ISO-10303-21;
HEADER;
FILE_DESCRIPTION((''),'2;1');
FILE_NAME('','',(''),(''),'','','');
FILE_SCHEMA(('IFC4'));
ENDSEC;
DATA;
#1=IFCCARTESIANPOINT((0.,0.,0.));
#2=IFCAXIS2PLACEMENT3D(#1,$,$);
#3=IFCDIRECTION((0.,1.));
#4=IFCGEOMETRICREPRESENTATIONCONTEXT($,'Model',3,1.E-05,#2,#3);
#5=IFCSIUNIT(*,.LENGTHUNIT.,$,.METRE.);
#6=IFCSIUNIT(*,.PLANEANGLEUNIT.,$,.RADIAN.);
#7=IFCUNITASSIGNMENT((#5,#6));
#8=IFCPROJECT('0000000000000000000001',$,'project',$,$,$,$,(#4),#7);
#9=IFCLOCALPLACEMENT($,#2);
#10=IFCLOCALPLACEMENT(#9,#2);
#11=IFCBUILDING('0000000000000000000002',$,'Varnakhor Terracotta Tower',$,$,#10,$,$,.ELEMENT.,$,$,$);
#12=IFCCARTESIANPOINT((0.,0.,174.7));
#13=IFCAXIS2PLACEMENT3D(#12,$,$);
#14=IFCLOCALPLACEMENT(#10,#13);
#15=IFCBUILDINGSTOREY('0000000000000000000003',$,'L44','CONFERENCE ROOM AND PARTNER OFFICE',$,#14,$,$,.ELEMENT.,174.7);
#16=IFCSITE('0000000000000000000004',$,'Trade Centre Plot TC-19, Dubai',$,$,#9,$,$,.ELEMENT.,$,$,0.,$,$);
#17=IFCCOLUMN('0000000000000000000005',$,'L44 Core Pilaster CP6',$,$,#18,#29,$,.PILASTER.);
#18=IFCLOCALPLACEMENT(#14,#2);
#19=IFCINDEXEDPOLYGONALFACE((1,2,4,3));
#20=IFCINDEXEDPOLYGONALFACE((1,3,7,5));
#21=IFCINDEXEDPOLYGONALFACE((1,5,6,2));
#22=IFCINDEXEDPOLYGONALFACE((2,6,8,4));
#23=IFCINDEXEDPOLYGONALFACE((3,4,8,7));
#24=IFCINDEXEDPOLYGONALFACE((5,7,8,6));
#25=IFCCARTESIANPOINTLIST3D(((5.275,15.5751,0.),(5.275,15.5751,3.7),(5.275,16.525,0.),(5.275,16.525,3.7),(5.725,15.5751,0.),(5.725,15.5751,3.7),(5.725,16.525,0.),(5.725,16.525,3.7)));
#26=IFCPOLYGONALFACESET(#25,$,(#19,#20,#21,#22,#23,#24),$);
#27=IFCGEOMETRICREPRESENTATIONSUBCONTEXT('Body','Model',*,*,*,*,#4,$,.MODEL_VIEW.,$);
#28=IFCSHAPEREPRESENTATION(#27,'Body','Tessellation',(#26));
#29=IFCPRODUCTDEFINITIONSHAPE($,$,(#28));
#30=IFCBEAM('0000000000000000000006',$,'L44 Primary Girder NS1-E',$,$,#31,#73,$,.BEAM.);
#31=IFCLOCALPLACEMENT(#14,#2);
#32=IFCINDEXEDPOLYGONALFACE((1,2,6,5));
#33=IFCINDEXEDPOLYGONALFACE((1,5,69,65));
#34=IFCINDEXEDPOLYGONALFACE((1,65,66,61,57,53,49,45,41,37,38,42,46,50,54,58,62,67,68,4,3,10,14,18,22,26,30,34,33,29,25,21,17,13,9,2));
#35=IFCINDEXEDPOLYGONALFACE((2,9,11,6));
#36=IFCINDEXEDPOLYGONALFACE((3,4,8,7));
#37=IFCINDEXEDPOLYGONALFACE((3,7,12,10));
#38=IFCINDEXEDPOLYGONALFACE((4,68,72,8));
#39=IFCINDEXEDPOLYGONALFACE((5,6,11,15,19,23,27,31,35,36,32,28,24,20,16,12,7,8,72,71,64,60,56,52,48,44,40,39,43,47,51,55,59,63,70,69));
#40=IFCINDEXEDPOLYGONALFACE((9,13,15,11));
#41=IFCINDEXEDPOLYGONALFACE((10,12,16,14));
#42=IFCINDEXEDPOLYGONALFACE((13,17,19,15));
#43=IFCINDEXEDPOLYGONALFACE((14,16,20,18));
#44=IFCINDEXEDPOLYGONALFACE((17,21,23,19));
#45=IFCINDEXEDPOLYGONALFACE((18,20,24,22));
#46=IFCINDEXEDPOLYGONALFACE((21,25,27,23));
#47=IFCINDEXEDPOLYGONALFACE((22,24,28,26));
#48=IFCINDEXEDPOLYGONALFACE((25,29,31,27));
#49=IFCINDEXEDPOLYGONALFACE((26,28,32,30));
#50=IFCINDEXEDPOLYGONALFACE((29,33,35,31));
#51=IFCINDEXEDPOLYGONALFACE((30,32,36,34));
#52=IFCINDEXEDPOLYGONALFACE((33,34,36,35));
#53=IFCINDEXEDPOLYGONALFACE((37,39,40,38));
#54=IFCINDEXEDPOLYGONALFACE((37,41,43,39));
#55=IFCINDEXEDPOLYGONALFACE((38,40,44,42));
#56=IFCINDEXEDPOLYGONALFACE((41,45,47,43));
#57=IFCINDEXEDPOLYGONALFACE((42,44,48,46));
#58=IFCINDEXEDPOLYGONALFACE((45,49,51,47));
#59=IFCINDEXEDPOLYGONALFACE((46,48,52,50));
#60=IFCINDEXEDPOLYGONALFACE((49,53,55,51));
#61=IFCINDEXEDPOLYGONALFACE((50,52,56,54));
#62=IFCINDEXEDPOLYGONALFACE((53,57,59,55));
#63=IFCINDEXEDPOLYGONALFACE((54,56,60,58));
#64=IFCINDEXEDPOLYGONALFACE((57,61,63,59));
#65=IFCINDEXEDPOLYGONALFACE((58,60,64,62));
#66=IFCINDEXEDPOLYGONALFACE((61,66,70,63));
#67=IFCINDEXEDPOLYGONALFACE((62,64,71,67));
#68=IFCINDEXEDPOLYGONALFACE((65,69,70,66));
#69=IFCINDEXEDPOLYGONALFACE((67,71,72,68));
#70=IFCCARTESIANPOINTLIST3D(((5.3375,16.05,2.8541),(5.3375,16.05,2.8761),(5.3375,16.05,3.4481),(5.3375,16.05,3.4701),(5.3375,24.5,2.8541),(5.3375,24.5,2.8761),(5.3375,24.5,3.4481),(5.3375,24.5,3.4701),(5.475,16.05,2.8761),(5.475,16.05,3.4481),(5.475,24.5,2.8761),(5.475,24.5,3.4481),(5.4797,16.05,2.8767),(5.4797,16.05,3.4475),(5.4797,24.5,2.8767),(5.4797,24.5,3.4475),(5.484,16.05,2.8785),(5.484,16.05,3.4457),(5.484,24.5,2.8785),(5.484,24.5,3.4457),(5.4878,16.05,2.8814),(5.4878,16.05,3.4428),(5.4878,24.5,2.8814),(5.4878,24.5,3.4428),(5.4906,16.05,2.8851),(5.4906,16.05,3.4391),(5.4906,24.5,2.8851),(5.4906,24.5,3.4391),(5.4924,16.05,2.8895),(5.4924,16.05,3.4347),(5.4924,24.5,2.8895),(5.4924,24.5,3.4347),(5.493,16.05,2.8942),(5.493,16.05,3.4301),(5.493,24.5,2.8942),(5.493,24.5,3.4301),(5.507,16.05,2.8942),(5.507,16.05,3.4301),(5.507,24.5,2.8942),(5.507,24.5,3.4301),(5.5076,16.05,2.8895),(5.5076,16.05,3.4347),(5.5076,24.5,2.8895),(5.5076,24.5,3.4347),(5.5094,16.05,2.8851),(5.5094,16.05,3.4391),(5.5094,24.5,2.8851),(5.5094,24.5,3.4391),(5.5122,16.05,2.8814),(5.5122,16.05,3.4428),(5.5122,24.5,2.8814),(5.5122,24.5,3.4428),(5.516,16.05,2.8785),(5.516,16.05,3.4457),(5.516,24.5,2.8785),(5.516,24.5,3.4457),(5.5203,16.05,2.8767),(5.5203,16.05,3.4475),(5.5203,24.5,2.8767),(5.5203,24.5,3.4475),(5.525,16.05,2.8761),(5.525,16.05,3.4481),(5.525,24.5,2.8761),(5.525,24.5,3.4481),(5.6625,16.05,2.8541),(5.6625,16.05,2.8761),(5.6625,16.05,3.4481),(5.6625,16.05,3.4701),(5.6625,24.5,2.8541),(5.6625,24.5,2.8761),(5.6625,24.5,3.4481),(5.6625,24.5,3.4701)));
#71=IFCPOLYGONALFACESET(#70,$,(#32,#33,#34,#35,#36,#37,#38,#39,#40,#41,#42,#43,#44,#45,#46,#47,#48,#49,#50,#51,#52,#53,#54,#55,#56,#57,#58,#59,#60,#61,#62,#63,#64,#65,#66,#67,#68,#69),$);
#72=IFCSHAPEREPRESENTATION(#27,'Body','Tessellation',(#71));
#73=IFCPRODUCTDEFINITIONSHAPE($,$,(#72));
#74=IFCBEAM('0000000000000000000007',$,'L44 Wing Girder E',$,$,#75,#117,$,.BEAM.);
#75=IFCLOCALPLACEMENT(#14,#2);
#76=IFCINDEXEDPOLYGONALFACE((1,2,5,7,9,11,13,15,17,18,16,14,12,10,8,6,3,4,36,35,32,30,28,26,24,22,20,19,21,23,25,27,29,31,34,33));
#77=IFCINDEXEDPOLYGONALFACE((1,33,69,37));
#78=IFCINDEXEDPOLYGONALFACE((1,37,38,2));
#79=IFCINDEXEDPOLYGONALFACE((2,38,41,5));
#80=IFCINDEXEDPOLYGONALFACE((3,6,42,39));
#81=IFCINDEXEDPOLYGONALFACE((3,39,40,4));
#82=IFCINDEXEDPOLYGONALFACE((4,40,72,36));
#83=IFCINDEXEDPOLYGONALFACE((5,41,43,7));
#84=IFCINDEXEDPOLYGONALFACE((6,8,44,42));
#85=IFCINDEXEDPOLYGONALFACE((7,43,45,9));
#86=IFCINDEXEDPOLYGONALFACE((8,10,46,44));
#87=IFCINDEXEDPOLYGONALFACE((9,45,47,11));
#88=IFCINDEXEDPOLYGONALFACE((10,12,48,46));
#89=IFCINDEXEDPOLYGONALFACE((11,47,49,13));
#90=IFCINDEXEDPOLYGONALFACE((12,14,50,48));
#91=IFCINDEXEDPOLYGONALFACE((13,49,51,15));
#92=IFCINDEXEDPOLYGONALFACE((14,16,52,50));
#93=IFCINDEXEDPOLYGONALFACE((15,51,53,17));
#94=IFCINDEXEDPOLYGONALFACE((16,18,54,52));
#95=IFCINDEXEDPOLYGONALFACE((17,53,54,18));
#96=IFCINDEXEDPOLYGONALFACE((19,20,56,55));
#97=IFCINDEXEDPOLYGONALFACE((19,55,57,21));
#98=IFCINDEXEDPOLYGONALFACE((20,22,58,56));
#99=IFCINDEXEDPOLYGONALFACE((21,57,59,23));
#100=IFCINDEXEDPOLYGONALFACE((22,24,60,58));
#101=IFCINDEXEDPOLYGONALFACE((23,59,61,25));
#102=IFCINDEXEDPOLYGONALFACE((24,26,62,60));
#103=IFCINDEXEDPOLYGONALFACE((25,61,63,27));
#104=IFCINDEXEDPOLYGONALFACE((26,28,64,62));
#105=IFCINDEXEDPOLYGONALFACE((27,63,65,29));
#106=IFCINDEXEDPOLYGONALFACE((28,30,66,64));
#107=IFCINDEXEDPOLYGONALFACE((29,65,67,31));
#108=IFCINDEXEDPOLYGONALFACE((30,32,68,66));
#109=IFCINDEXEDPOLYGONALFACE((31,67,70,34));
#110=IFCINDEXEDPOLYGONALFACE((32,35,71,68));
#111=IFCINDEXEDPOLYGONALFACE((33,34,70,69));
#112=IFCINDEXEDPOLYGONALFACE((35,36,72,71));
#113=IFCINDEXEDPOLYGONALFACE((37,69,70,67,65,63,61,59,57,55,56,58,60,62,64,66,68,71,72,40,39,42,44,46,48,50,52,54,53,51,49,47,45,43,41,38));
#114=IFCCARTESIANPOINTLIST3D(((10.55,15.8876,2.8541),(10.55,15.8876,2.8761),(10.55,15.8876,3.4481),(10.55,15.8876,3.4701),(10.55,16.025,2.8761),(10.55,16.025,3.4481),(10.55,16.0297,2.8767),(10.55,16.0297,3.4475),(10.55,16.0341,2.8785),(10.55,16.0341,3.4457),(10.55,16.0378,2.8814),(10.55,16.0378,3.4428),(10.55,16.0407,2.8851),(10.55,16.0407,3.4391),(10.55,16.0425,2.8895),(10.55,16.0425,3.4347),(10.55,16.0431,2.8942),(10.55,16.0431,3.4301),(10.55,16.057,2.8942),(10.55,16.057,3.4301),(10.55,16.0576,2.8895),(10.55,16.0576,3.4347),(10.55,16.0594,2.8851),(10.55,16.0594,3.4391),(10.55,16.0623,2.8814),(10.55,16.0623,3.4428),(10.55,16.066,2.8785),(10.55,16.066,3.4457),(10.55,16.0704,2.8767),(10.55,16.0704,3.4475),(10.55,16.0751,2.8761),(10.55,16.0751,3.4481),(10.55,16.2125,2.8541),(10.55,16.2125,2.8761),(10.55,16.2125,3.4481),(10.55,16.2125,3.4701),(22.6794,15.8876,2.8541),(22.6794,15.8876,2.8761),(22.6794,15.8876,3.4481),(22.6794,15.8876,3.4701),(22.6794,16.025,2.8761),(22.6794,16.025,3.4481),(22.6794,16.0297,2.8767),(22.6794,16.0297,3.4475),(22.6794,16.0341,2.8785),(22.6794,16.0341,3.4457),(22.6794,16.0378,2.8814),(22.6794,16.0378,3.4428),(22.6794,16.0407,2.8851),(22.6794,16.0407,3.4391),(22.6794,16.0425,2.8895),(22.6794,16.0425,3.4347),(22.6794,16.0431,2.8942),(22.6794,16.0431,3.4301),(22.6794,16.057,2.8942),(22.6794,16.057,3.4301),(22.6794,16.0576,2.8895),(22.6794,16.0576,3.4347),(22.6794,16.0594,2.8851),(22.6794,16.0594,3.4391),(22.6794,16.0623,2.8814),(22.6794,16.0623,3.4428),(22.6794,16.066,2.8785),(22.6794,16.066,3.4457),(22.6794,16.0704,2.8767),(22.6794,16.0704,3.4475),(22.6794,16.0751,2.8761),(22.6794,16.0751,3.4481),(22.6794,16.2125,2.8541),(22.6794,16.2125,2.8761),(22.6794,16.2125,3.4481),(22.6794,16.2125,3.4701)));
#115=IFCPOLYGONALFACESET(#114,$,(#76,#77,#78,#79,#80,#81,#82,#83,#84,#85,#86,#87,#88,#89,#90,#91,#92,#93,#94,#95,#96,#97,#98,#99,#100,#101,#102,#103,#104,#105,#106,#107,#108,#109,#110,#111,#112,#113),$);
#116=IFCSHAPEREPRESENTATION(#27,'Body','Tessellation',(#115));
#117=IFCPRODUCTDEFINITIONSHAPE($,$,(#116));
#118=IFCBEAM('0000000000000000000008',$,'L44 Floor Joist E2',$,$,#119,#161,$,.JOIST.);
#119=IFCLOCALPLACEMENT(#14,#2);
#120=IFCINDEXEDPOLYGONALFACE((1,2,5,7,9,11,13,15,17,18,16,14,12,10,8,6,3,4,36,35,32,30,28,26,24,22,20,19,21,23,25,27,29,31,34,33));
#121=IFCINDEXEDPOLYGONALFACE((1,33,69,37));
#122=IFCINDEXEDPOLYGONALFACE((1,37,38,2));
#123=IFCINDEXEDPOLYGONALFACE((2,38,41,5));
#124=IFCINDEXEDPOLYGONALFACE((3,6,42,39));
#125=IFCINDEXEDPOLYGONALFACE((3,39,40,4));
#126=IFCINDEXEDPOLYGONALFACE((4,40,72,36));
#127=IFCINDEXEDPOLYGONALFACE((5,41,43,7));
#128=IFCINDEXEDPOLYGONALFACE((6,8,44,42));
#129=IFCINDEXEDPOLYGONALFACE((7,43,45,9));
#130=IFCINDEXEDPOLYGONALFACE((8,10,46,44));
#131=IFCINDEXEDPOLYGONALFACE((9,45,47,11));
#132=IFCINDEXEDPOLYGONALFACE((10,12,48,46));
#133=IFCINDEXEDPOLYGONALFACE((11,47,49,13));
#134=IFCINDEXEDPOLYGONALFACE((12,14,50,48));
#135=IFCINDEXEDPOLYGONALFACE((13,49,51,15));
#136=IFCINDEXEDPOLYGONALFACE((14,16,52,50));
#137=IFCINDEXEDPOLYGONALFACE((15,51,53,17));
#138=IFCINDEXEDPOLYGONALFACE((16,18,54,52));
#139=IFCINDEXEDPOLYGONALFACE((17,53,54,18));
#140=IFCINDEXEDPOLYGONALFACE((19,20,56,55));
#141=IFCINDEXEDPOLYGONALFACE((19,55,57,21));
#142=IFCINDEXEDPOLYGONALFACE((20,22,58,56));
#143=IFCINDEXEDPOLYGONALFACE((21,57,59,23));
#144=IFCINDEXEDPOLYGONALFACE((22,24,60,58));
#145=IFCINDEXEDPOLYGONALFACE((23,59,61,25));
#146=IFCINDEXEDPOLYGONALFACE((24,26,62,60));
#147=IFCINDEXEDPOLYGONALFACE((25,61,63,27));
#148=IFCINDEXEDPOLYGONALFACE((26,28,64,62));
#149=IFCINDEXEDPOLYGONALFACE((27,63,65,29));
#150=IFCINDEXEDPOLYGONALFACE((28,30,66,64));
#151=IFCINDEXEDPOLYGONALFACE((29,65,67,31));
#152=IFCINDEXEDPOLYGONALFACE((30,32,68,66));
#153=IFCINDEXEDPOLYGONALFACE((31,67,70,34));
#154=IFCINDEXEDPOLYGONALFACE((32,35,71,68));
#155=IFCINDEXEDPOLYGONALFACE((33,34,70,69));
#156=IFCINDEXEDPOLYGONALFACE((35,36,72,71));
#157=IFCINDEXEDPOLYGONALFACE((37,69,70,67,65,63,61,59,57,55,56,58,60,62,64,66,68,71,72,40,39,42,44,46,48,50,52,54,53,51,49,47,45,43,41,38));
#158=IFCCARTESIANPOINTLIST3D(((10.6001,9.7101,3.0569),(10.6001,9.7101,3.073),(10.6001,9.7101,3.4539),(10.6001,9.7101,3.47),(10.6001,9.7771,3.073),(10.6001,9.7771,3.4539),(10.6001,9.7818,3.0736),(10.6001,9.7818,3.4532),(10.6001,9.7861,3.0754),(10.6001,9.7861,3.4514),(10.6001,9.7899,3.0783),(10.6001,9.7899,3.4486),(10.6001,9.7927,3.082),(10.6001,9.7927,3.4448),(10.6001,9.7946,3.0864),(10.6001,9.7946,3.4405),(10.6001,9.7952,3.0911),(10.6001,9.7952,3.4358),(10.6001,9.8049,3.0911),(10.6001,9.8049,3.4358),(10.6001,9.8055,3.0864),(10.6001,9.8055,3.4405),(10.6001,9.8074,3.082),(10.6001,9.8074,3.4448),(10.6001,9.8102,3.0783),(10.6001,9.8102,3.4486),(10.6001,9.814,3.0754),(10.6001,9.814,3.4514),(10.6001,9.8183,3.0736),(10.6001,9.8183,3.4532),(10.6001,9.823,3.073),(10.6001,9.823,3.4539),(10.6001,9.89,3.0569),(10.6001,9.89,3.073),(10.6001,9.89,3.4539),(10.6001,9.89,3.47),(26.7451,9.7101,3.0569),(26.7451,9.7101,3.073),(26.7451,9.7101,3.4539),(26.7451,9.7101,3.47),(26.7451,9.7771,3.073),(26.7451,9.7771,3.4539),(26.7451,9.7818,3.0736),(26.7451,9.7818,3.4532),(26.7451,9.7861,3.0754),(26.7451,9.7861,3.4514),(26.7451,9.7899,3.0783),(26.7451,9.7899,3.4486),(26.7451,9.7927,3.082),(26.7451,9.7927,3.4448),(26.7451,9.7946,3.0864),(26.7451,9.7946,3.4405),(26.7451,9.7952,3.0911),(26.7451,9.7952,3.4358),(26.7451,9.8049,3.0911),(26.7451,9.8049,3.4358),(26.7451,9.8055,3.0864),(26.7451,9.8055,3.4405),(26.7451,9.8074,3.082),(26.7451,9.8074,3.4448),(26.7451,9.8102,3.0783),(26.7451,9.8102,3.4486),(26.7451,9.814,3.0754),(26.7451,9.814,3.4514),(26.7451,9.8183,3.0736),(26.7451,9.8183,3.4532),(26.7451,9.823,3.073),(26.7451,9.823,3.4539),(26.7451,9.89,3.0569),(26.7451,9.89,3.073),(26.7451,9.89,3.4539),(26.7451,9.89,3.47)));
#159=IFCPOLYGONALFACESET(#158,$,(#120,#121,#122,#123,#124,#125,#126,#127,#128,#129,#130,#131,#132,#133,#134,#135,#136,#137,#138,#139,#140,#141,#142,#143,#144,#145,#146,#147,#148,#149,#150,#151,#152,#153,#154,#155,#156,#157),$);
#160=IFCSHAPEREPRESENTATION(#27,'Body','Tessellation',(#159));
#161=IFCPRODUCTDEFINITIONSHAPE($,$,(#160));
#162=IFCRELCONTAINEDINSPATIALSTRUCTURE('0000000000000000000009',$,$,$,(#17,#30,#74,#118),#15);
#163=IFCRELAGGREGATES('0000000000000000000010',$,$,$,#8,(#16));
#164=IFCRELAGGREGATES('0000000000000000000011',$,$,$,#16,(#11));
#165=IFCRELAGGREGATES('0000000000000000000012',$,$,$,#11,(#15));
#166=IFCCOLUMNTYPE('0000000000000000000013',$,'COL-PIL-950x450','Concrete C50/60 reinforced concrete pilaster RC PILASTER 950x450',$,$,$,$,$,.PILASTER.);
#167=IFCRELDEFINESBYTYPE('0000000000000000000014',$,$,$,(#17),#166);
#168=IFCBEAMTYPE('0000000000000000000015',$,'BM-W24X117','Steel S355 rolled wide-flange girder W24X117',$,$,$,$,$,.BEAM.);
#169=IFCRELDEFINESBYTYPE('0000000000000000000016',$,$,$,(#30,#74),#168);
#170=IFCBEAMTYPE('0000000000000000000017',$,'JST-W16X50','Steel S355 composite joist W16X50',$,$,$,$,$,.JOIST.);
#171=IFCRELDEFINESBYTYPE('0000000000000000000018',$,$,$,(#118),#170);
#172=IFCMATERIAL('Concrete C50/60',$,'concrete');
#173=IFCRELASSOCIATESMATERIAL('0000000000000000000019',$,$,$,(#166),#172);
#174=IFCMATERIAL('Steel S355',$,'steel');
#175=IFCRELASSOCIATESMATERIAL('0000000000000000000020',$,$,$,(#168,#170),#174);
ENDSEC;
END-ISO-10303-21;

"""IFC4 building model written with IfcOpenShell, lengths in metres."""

from ifc_helpers import new_model, si_unit, direction, frame, origin, origin_2d, place, context, subcontext, project, spatial, rectangle, i_section, extrude, source, transform, mapped, material, material_profile, profile_set, type_object, type_shapes, element, save


model = new_model("IFC4")

# Units and contexts
model_context = context("Model", 3, precision=1e-05, world=origin(), true_north=direction((0.0, 1.0)))
body_context = subcontext(model_context, "Body", "Model", "MODEL_VIEW")
ifc_project = project(units=[si_unit("LENGTHUNIT", "METRE"), si_unit("PLANEANGLEUNIT", "RADIAN")], contexts=[model_context])

# Site, building, storey
site_placement = place(None, origin())
site = spatial("IfcSite", under=ifc_project, at=site_placement, Name="Trade Centre Plot TC-19, Dubai", CompositionType="ELEMENT", RefElevation=0.0)
building_placement = place(site_placement, origin())
building = spatial("IfcBuilding", under=site, at=building_placement, Name="Varnakhor Terracotta Tower", CompositionType="ELEMENT")
storey_placement = place(building_placement, frame((0.0, 0.0, 174.7)))
storey = spatial("IfcBuildingStorey", under=building, at=storey_placement, Name="L44", Description="CONFERENCE ROOM AND PARTNER OFFICE", CompositionType="ELEMENT", Elevation=174.7)

# Column
ifc_material_1 = material(Name="Concrete C50/60", Category="concrete")
ifc_material_profile_1 = material_profile(ifc_material_1, rectangle(XDim=0.45, YDim=0.95, at=origin_2d()), Name="RC PILASTER 950x450")
ifc_profile_set_1 = profile_set([ifc_material_profile_1], Name="Concrete C50/60")
column_type = type_object("IfcColumnType", Name="COL-PIL-950x450", Description="Concrete C50/60 reinforced concrete pilaster RC PILASTER 950x450", PredefinedType="PILASTER", material=ifc_profile_set_1)
shared_shape_1 = source(origin(), body_context, "Body", "SweptSolid", [
    extrude(rectangle(XDim=0.45, YDim=0.95, at=origin_2d()), origin(), (0.0, 0.0, 1.0), 3.7),
])
column_placement = place(storey_placement, frame((5.5, 16.05, 0.0), z_axis=(0.0, 0.0, 1.0), x_axis=(1.0, 0.0, 0.0)))
element("IfcColumn", 1, at=column_placement, inside=storey, type_object=column_type, Name="L44 Core Pilaster CP6", PredefinedType="PILASTER", context=body_context, shape_type="MappedRepresentation", body=[
    mapped(shared_shape_1, transform((0.0, 0.0, 0.0), scale=1.0)),
])

# Beams
ifc_material_2 = material(Name="Steel S355", Category="steel")
ifc_material_profile_2 = material_profile(ifc_material_2, i_section(OverallWidth=0.325, OverallDepth=0.616, WebThickness=0.0139, FlangeThickness=0.022, FilletRadius=0.0181, at=origin_2d()), Name="W24X117")
ifc_profile_set_2 = profile_set([ifc_material_profile_2], Name="Steel S355")
beam_type_1 = type_object("IfcBeamType", Name="BM-W24X117", Description="Steel S355 rolled wide-flange girder W24X117", PredefinedType="BEAM", material=ifc_profile_set_2)
shared_shape_2 = source(origin(), body_context, "Body", "SweptSolid", [
    extrude(i_section(OverallWidth=0.325, OverallDepth=0.616, WebThickness=0.0139, FlangeThickness=0.022, FilletRadius=0.0181, at=origin_2d()), origin(), (0.0, 0.0, 1.0), 8.45),
])
type_shapes(beam_type_1, [shared_shape_2])
beam_1_placement = place(storey_placement, frame((5.5, 16.05, 3.1621), z_axis=(0.0, 1.0, 0.0), x_axis=(-1.0, 0.0, 0.0)))
element("IfcBeam", 2, at=beam_1_placement, inside=storey, type_object=beam_type_1, Name="L44 Primary Girder NS1-E", PredefinedType="BEAM", context=body_context, shape_type="MappedRepresentation", body=[
    mapped(shared_shape_2, transform((0.0, 0.0, 0.0), scale=1.0)),
])
shared_shape_3 = source(origin(), body_context, "Body", "SweptSolid", [
    extrude(i_section(OverallWidth=0.325, OverallDepth=0.616, WebThickness=0.0139, FlangeThickness=0.022, FilletRadius=0.0181, at=origin_2d()), origin(), (0.0, 0.0, 1.0), 12.1294),
])
beam_2_placement = place(storey_placement, frame((10.55, 16.05, 3.1621), z_axis=(1.0, 0.0, 0.0), x_axis=(0.0, 1.0, 0.0)))
element("IfcBeam", 3, at=beam_2_placement, inside=storey, type_object=beam_type_1, Name="L44 Wing Girder E", PredefinedType="BEAM", context=body_context, shape_type="MappedRepresentation", body=[
    mapped(shared_shape_3, transform((0.0, 0.0, 0.0), scale=1.0)),
])
ifc_material_profile_3 = material_profile(ifc_material_2, i_section(OverallWidth=0.1799, OverallDepth=0.4131, WebThickness=0.0098, FlangeThickness=0.0161, FilletRadius=0.0181, at=origin_2d()), Name="W16X50")
ifc_profile_set_3 = profile_set([ifc_material_profile_3], Name="Steel S355")
beam_type_2 = type_object("IfcBeamType", Name="JST-W16X50", Description="Steel S355 composite joist W16X50", PredefinedType="JOIST", material=ifc_profile_set_3)
shared_shape_4 = source(origin(), body_context, "Body", "SweptSolid", [
    extrude(i_section(OverallWidth=0.1799, OverallDepth=0.4131, WebThickness=0.0098, FlangeThickness=0.0161, FilletRadius=0.0181, at=origin_2d()), origin(), (0.0, 0.0, 1.0), 16.145),
])
beam_3_placement = place(storey_placement, frame((10.6001, 9.8, 3.2634), z_axis=(1.0, 0.0, 0.0), x_axis=(0.0, 1.0, 0.0)))
element("IfcBeam", 4, at=beam_3_placement, inside=storey, type_object=beam_type_2, Name="L44 Floor Joist E2", PredefinedType="JOIST", context=body_context, shape_type="MappedRepresentation", body=[
    mapped(shared_shape_4, transform((0.0, 0.0, 0.0), scale=1.0)),
])

save(model, "model.ifc")
